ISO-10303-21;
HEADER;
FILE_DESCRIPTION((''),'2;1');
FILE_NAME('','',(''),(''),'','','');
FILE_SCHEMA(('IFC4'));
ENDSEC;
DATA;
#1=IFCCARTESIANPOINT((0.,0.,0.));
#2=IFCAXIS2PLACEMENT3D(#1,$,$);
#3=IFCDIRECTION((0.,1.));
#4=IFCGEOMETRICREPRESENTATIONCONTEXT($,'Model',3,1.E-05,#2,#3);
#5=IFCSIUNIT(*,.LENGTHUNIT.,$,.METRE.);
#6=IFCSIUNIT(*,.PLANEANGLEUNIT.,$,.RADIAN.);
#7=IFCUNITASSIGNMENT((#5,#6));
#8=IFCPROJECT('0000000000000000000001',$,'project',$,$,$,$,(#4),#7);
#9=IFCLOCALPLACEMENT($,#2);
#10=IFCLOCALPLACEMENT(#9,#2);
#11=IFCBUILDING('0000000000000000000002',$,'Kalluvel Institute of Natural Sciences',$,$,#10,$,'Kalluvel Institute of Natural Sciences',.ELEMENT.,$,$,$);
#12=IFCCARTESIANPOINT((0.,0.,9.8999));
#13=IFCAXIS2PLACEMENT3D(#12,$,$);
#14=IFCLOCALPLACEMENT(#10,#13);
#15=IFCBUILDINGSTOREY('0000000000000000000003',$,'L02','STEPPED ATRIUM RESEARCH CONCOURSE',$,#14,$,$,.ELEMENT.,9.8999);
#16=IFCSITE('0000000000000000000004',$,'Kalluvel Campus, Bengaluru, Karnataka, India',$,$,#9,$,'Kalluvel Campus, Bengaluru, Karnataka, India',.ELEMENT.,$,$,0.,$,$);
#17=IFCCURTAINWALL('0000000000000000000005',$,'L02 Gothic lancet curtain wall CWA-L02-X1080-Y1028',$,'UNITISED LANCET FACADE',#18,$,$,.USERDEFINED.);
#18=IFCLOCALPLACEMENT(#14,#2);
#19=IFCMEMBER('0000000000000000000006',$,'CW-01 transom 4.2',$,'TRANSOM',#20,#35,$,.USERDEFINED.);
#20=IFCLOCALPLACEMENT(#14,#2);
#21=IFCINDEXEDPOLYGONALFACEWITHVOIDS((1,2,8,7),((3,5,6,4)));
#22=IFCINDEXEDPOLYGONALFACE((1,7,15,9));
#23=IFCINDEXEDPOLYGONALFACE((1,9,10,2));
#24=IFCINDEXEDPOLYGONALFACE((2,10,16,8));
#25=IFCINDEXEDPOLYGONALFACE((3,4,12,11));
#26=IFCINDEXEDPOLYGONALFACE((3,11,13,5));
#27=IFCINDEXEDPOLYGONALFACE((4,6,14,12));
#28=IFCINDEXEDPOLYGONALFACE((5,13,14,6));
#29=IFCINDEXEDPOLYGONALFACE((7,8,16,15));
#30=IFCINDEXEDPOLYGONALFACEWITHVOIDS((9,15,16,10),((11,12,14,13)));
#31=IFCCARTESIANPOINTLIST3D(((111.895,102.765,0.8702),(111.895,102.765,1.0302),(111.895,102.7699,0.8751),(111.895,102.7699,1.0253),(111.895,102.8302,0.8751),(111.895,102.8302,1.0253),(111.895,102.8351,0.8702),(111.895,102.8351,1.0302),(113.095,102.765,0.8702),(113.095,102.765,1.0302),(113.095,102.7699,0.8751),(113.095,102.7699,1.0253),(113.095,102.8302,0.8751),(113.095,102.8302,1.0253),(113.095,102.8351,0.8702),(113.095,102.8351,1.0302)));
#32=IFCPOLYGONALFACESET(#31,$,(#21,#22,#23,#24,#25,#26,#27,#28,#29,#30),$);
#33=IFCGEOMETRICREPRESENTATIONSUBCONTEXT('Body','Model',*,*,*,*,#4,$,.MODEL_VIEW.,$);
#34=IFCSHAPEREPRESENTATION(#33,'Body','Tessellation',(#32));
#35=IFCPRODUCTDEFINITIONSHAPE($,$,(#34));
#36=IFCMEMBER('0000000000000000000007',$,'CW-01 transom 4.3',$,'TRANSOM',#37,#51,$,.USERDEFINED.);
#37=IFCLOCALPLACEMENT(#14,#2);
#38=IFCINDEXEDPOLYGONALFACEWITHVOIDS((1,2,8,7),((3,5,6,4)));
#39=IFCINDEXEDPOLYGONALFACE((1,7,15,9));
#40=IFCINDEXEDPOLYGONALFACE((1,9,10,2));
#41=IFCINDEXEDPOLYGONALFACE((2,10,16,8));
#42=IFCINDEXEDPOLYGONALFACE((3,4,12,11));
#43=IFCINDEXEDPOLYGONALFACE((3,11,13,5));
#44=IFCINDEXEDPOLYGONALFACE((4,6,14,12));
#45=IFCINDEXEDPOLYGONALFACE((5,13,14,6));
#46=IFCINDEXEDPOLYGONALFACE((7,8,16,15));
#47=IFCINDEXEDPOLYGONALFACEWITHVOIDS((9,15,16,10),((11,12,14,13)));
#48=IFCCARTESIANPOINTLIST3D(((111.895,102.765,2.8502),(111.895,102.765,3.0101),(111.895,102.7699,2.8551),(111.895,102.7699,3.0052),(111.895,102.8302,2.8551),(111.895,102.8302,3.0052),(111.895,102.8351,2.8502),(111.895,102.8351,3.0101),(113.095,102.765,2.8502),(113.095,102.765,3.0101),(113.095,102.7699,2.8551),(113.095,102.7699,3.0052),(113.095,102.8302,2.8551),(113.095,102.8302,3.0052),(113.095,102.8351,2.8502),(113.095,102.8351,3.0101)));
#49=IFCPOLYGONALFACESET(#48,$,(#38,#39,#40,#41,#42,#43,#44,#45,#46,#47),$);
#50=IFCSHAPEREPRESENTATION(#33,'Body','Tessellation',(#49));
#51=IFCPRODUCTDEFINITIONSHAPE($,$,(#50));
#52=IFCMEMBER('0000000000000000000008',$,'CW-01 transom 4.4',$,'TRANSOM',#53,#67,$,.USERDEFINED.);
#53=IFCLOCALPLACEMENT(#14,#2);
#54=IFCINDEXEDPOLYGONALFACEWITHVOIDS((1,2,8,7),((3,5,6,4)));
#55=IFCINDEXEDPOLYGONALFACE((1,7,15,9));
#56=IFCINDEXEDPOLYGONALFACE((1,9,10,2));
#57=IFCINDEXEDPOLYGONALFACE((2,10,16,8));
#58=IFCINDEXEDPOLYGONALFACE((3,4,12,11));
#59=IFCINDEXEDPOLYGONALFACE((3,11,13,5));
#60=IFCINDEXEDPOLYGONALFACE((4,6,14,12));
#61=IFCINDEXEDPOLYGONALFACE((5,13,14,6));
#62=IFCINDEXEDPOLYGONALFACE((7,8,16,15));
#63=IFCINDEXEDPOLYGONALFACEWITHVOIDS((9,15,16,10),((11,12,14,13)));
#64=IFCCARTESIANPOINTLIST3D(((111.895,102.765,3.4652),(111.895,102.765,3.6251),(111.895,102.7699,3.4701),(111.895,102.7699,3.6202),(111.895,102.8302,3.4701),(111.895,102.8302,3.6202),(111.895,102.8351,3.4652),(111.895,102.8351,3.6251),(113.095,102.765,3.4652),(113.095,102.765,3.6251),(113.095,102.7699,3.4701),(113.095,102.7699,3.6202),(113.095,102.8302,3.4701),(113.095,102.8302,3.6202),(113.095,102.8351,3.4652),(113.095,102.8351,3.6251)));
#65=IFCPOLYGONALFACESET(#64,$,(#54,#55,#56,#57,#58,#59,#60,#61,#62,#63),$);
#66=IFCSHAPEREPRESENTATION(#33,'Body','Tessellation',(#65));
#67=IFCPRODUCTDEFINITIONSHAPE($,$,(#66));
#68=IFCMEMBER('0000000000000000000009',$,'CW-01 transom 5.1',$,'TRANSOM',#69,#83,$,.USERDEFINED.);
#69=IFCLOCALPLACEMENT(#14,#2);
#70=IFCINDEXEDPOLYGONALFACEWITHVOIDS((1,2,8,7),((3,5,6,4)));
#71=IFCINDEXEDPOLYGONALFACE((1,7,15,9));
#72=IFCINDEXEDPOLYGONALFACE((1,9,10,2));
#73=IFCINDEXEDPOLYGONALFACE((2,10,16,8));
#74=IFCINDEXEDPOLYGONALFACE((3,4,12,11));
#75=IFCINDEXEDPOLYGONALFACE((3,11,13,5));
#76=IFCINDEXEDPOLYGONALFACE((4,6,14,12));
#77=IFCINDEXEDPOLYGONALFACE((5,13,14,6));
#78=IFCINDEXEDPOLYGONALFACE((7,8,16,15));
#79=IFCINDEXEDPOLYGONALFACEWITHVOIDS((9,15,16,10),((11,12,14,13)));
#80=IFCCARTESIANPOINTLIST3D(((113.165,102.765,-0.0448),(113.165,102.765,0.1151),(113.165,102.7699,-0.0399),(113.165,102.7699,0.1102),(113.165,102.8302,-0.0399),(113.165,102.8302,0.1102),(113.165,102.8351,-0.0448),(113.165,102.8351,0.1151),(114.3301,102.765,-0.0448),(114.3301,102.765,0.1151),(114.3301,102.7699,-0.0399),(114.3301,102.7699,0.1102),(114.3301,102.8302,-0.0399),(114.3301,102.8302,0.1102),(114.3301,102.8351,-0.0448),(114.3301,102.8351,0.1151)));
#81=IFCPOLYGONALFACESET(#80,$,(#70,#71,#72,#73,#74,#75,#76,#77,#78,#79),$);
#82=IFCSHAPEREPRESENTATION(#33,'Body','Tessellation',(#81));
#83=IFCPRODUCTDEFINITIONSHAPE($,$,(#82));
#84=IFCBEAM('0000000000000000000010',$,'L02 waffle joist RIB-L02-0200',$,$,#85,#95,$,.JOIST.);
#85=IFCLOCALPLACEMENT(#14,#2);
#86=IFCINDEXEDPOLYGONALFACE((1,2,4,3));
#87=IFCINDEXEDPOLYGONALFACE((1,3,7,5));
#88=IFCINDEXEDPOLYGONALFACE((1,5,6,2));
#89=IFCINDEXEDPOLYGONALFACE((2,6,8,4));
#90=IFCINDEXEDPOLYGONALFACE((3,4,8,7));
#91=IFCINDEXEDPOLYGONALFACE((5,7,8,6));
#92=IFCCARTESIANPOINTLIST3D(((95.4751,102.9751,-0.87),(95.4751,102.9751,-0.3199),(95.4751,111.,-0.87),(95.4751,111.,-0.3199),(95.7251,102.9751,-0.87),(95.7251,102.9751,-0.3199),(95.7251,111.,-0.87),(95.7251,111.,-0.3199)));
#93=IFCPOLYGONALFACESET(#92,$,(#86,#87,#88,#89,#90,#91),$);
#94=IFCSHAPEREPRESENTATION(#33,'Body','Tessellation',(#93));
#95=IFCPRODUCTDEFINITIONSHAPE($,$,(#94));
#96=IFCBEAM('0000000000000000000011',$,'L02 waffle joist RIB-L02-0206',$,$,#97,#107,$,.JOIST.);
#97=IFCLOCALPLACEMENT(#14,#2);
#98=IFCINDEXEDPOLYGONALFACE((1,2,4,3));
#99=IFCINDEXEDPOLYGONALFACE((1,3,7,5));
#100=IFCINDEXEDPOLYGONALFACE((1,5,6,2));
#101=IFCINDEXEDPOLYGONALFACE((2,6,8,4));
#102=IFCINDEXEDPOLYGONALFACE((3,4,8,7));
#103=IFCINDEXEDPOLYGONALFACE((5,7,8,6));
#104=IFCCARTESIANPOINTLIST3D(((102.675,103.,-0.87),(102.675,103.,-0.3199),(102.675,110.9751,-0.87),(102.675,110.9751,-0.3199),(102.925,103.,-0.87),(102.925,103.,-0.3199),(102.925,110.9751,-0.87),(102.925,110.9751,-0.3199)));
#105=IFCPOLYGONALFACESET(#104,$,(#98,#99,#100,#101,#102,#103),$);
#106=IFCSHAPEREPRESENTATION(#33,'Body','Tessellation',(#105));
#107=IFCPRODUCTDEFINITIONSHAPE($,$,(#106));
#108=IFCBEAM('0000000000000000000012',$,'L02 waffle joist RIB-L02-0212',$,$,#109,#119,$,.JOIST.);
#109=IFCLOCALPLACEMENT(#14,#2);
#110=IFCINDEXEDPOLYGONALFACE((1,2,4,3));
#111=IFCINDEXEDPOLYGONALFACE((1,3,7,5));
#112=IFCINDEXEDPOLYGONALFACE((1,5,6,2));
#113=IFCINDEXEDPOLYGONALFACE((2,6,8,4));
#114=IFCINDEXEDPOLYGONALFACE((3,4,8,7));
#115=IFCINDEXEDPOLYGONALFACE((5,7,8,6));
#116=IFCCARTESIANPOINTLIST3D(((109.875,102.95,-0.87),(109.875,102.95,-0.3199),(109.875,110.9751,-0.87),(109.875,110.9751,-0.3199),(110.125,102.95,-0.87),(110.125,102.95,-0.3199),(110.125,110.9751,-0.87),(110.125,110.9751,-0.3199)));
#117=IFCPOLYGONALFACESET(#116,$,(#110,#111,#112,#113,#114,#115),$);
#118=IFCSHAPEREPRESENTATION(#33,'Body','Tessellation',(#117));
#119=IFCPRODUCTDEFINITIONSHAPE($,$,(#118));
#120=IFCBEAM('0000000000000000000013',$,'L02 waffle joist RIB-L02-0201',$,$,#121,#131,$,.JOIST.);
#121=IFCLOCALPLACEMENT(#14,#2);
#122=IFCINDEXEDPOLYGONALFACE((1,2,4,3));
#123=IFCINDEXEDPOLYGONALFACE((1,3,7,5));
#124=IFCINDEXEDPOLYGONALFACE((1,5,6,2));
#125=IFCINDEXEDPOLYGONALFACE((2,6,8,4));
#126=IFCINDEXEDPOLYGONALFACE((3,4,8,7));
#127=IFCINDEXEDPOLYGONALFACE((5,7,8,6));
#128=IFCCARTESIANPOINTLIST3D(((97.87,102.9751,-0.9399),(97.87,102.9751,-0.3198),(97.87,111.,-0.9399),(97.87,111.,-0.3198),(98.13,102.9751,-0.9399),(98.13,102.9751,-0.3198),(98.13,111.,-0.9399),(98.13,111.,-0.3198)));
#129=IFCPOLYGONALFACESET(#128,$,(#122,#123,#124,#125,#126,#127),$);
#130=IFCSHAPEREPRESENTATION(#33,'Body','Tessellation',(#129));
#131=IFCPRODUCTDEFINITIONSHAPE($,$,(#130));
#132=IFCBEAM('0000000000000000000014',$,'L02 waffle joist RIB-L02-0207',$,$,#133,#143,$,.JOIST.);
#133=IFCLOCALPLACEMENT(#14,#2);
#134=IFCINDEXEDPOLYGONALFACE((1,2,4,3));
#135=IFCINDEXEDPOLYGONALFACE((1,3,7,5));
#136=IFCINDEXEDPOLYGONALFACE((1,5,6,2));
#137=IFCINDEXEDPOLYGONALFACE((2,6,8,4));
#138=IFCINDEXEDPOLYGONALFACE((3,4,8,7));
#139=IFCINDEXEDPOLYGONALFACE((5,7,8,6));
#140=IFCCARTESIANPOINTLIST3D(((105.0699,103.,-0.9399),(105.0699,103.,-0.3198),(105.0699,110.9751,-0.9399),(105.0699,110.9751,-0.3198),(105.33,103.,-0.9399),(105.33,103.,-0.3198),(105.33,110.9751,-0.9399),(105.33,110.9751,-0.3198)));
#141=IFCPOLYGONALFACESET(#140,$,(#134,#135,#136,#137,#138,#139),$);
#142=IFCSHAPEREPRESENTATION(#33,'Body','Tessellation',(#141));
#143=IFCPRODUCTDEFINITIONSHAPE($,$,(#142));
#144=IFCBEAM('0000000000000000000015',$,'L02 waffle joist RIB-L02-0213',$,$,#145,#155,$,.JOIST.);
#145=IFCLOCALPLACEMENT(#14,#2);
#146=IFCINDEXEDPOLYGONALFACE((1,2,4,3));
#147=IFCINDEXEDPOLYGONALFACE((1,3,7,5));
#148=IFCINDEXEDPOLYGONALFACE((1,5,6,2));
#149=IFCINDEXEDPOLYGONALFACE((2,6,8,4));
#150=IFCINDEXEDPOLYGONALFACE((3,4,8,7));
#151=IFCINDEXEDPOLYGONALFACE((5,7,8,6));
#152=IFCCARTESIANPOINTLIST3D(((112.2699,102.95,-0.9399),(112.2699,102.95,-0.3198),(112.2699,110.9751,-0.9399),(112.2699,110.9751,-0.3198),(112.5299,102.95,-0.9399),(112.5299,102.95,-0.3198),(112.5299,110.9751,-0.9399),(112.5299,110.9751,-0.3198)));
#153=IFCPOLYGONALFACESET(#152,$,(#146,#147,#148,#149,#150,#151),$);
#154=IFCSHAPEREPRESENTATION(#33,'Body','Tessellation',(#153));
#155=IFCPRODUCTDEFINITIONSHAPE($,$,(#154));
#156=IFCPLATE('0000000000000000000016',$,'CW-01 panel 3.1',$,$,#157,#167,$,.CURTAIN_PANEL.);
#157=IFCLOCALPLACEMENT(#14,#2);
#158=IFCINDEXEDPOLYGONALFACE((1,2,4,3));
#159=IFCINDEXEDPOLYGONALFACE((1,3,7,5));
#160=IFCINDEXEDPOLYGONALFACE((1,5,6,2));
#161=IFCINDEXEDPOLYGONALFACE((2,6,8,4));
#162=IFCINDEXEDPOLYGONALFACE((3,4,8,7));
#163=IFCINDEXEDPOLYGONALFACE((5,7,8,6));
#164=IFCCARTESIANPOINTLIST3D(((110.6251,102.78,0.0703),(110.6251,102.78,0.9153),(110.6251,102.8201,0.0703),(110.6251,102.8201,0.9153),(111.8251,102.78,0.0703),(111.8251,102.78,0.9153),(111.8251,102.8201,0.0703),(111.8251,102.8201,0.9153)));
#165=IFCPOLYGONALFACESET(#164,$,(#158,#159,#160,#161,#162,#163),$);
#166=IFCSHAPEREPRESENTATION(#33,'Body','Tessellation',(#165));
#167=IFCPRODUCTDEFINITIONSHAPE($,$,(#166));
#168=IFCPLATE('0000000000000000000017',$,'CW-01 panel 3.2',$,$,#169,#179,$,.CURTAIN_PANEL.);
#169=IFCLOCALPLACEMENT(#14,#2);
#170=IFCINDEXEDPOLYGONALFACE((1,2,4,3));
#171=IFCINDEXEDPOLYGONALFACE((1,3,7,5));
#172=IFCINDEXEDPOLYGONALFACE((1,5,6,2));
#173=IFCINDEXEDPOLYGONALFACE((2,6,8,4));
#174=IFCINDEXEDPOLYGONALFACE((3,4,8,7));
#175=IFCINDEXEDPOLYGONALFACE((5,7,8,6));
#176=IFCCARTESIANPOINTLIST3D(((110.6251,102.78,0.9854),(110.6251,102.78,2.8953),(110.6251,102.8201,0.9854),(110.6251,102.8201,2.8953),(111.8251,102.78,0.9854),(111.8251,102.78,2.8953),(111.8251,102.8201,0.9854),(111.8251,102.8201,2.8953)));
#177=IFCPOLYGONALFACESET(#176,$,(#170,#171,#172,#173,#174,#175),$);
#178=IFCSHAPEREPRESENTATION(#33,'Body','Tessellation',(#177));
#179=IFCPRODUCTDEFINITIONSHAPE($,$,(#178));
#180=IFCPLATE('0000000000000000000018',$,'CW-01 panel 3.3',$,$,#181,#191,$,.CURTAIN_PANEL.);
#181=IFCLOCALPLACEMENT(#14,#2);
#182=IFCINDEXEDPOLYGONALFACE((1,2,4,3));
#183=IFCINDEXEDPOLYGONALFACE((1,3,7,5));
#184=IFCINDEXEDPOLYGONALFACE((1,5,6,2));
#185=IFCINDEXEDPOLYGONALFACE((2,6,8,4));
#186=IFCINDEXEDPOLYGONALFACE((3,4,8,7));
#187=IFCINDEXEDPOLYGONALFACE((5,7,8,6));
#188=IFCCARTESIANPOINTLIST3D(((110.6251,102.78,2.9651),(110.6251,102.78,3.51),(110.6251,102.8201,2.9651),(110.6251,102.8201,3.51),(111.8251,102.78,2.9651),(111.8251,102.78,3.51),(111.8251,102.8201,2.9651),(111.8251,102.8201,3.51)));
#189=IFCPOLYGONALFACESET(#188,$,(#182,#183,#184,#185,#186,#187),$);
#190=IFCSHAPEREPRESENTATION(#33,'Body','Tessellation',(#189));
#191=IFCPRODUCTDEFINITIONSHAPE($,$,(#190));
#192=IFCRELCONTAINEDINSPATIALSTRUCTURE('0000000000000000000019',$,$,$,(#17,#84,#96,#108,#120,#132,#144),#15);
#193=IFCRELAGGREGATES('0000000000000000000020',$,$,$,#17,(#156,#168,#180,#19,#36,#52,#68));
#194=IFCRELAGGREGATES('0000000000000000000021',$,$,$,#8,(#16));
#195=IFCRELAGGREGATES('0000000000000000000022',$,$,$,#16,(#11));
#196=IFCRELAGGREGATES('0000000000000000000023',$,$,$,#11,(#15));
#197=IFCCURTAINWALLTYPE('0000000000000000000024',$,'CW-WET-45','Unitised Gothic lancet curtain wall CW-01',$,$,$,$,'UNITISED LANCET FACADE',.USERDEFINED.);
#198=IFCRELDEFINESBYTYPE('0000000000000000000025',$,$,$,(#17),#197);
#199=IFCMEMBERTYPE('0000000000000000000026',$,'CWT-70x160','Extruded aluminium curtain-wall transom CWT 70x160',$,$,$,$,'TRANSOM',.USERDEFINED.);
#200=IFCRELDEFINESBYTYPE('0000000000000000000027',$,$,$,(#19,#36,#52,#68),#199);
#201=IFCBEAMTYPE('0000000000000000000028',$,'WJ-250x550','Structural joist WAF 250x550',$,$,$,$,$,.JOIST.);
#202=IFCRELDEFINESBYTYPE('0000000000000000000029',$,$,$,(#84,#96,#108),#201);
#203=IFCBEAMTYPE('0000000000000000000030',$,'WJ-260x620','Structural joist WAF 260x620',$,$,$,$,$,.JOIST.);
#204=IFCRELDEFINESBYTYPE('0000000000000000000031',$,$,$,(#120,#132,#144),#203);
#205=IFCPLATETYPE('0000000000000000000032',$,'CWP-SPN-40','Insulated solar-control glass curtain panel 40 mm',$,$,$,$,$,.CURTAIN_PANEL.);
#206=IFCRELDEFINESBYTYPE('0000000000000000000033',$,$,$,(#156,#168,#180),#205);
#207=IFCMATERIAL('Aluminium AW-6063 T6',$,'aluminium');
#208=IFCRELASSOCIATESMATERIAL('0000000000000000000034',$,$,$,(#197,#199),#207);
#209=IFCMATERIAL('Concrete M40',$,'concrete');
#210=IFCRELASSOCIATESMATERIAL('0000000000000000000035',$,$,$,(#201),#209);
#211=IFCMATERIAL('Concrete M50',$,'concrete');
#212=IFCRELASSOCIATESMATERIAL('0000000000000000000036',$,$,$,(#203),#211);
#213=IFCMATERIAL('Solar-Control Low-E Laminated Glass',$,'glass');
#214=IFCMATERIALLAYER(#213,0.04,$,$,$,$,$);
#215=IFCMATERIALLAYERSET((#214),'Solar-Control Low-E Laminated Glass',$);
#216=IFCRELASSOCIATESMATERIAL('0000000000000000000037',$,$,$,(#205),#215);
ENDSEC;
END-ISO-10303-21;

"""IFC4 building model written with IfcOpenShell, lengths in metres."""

from ifc_helpers import new_model, si_unit, direction, frame, origin, origin_2d, place, context, subcontext, project, spatial, rectangle, hollow_rectangle, extrude, material, layer, layer_set, material_profile, profile_set, type_object, element, aggregate, save


model = new_model("IFC4")

# Units and contexts
model_context = context("Model", 3, precision=1e-05, world=origin(), true_north=direction((0.0, 1.0)))
body_context = subcontext(model_context, "Body", "Model", "MODEL_VIEW")
ifc_project = project(units=[si_unit("LENGTHUNIT", "METRE"), si_unit("PLANEANGLEUNIT", "RADIAN")], contexts=[model_context])

# Site, building, storey
site_placement = place(None, origin())
site = spatial("IfcSite", under=ifc_project, at=site_placement, Name="Kalluvel Campus, Bengaluru, Karnataka, India", LongName="Kalluvel Campus, Bengaluru, Karnataka, India", CompositionType="ELEMENT", RefElevation=0.0)
building_placement = place(site_placement, origin())
building = spatial("IfcBuilding", under=site, at=building_placement, Name="Kalluvel Institute of Natural Sciences", LongName="Kalluvel Institute of Natural Sciences", CompositionType="ELEMENT")
storey_placement = place(building_placement, frame((0.0, 0.0, 9.8999)))
storey = spatial("IfcBuildingStorey", under=building, at=storey_placement, Name="L02", Description="STEPPED ATRIUM RESEARCH CONCOURSE", CompositionType="ELEMENT", Elevation=9.8999)

# Shared definitions
ifc_material_1 = material(Name="Concrete M50", Category="concrete")

# Curtain wall, members
ifc_material_2 = material(Name="Aluminium AW-6063 T6", Category="aluminium")
curtain_wall_type = type_object("IfcCurtainWallType", Name="CW-WET-45", Description="Unitised Gothic lancet curtain wall CW-01", ElementType="UNITISED LANCET FACADE", PredefinedType="USERDEFINED", material=ifc_material_2)
curtain_wall_placement = place(storey_placement, origin())
curtain_wall = element("IfcCurtainWall", 1, at=curtain_wall_placement, inside=storey, type_object=curtain_wall_type, Name="L02 Gothic lancet curtain wall CWA-L02-X1080-Y1028", ObjectType="UNITISED LANCET FACADE", PredefinedType="USERDEFINED")
ifc_material_profile_1 = material_profile(ifc_material_2, hollow_rectangle(XDim=0.0701, YDim=0.1599, WallThickness=0.0049, at=origin_2d()), Name="CWT 70x160")
ifc_profile_set_1 = profile_set([ifc_material_profile_1], Name="Aluminium AW-6063 T6")
member_type_1 = type_object("IfcMemberType", Name="CWT-70x160", Description="Extruded aluminium curtain-wall transom CWT 70x160", ElementType="TRANSOM", PredefinedType="USERDEFINED", material=ifc_profile_set_1)
member_1_placement = place(storey_placement, frame((111.895, 102.8, 0.9502), z_axis=(1.0, 0.0, 0.0), x_axis=(0.0, 1.0, 0.0)))
member_1 = element("IfcMember", 2, at=member_1_placement, type_object=member_type_1, Name="CW-01 transom 4.2", ObjectType="TRANSOM", PredefinedType="USERDEFINED", context=body_context, shape_type="SweptSolid", body=[
    extrude(hollow_rectangle(XDim=0.0701, YDim=0.1599, WallThickness=0.0049, at=origin_2d()), origin(), (0.0, 0.0, 1.0), 1.2),
])
member_2_placement = place(storey_placement, frame((111.895, 102.8, 2.9302), z_axis=(1.0, 0.0, 0.0), x_axis=(0.0, 1.0, 0.0)))
member_2 = element("IfcMember", 3, at=member_2_placement, type_object=member_type_1, Name="CW-01 transom 4.3", ObjectType="TRANSOM", PredefinedType="USERDEFINED", context=body_context, shape_type="SweptSolid", body=[
    extrude(hollow_rectangle(XDim=0.0701, YDim=0.1599, WallThickness=0.0049, at=origin_2d()), origin(), (0.0, 0.0, 1.0), 1.2),
])
member_3_placement = place(storey_placement, frame((111.895, 102.8, 3.5452), z_axis=(1.0, 0.0, 0.0), x_axis=(0.0, 1.0, 0.0)))
member_3 = element("IfcMember", 4, at=member_3_placement, type_object=member_type_1, Name="CW-01 transom 4.4", ObjectType="TRANSOM", PredefinedType="USERDEFINED", context=body_context, shape_type="SweptSolid", body=[
    extrude(hollow_rectangle(XDim=0.0701, YDim=0.1599, WallThickness=0.0049, at=origin_2d()), origin(), (0.0, 0.0, 1.0), 1.2),
])
member_4_placement = place(storey_placement, frame((113.165, 102.8, 0.0352), z_axis=(1.0, 0.0, 0.0), x_axis=(0.0, 1.0, 0.0)))
member_4 = element("IfcMember", 5, at=member_4_placement, type_object=member_type_1, Name="CW-01 transom 5.1", ObjectType="TRANSOM", PredefinedType="USERDEFINED", context=body_context, shape_type="SweptSolid", body=[
    extrude(hollow_rectangle(XDim=0.0701, YDim=0.1599, WallThickness=0.0049, at=origin_2d()), origin(), (0.0, 0.0, 1.0), 1.165),
])

# Beams
ifc_material_3 = material(Name="Concrete M40", Category="concrete")
ifc_material_profile_2 = material_profile(ifc_material_3, rectangle(XDim=0.25, YDim=0.55, at=origin_2d()), Name="WAF 250x550")
ifc_profile_set_2 = profile_set([ifc_material_profile_2], Name="Concrete M40")
beam_type_1 = type_object("IfcBeamType", Name="WJ-250x550", Description="Structural joist WAF 250x550", PredefinedType="JOIST", material=ifc_profile_set_2)
beam_1_placement = place(storey_placement, frame((95.6001, 102.9751, -0.595), z_axis=(0.0, 1.0, 0.0), x_axis=(-1.0, 0.0, 0.0)))
element("IfcBeam", 6, at=beam_1_placement, inside=storey, type_object=beam_type_1, Name="L02 waffle joist RIB-L02-0200", PredefinedType="JOIST", context=body_context, shape_type="SweptSolid", body=[
    extrude(rectangle(XDim=0.25, YDim=0.55, at=origin_2d()), origin(), (0.0, 0.0, 1.0), 8.0249),
])
beam_2_placement = place(storey_placement, frame((102.8, 103.0, -0.595), z_axis=(0.0, 1.0, 0.0), x_axis=(-1.0, 0.0, 0.0)))
element("IfcBeam", 7, at=beam_2_placement, inside=storey, type_object=beam_type_1, Name="L02 waffle joist RIB-L02-0206", PredefinedType="JOIST", context=body_context, shape_type="SweptSolid", body=[
    extrude(rectangle(XDim=0.25, YDim=0.55, at=origin_2d()), origin(), (0.0, 0.0, 1.0), 7.9751),
])
beam_3_placement = place(storey_placement, frame((110.0, 102.95, -0.595), z_axis=(0.0, 1.0, 0.0), x_axis=(-1.0, 0.0, 0.0)))
element("IfcBeam", 8, at=beam_3_placement, inside=storey, type_object=beam_type_1, Name="L02 waffle joist RIB-L02-0212", PredefinedType="JOIST", context=body_context, shape_type="SweptSolid", body=[
    extrude(rectangle(XDim=0.25, YDim=0.55, at=origin_2d()), origin(), (0.0, 0.0, 1.0), 8.0251),
])
ifc_material_profile_3 = material_profile(ifc_material_1, rectangle(XDim=0.26, YDim=0.6201, at=origin_2d()), Name="WAF 260x620")
ifc_profile_set_3 = profile_set([ifc_material_profile_3], Name="Concrete M50")
beam_type_2 = type_object("IfcBeamType", Name="WJ-260x620", Description="Structural joist WAF 260x620", PredefinedType="JOIST", material=ifc_profile_set_3)
beam_4_placement = place(storey_placement, frame((98.0, 102.9751, -0.6299), z_axis=(0.0, 1.0, 0.0), x_axis=(-1.0, 0.0, 0.0)))
element("IfcBeam", 9, at=beam_4_placement, inside=storey, type_object=beam_type_2, Name="L02 waffle joist RIB-L02-0201", PredefinedType="JOIST", context=body_context, shape_type="SweptSolid", body=[
    extrude(rectangle(XDim=0.26, YDim=0.6201, at=origin_2d()), origin(), (0.0, 0.0, 1.0), 8.0249),
])
beam_5_placement = place(storey_placement, frame((105.2, 103.0, -0.6299), z_axis=(0.0, 1.0, 0.0), x_axis=(-1.0, 0.0, 0.0)))
element("IfcBeam", 10, at=beam_5_placement, inside=storey, type_object=beam_type_2, Name="L02 waffle joist RIB-L02-0207", PredefinedType="JOIST", context=body_context, shape_type="SweptSolid", body=[
    extrude(rectangle(XDim=0.26, YDim=0.6201, at=origin_2d()), origin(), (0.0, 0.0, 1.0), 7.9751),
])
beam_6_placement = place(storey_placement, frame((112.3999, 102.95, -0.6299), z_axis=(0.0, 1.0, 0.0), x_axis=(-1.0, 0.0, 0.0)))
element("IfcBeam", 11, at=beam_6_placement, inside=storey, type_object=beam_type_2, Name="L02 waffle joist RIB-L02-0213", PredefinedType="JOIST", context=body_context, shape_type="SweptSolid", body=[
    extrude(rectangle(XDim=0.26, YDim=0.6201, at=origin_2d()), origin(), (0.0, 0.0, 1.0), 8.0251),
])

# Plates
ifc_material_4 = material(Name="Solar-Control Low-E Laminated Glass", Category="glass")
ifc_layer_1 = layer(ifc_material_4, 0.04)
ifc_layer_set_1 = layer_set([ifc_layer_1], Name="Solar-Control Low-E Laminated Glass")
plate_type = type_object("IfcPlateType", Name="CWP-SPN-40", Description="Insulated solar-control glass curtain panel 40 mm", PredefinedType="CURTAIN_PANEL", material=ifc_layer_set_1)
plate_1_placement = place(storey_placement, frame((111.2251, 102.8, 0.0703), z_axis=(0.0, 0.0, 1.0), x_axis=(1.0, 0.0, 0.0)))
plate_1 = element("IfcPlate", 12, at=plate_1_placement, type_object=plate_type, Name="CW-01 panel 3.1", PredefinedType="CURTAIN_PANEL", context=body_context, shape_type="SweptSolid", body=[
    extrude(rectangle(XDim=1.2, YDim=0.04, at=origin_2d()), origin(), (0.0, 0.0, 1.0), 0.845),
])
plate_2_placement = place(storey_placement, frame((111.2251, 102.8, 0.9854), z_axis=(0.0, 0.0, 1.0), x_axis=(1.0, 0.0, 0.0)))
plate_2 = element("IfcPlate", 13, at=plate_2_placement, type_object=plate_type, Name="CW-01 panel 3.2", PredefinedType="CURTAIN_PANEL", context=body_context, shape_type="SweptSolid", body=[
    extrude(rectangle(XDim=1.2, YDim=0.04, at=origin_2d()), origin(), (0.0, 0.0, 1.0), 1.9099),
])
plate_3_placement = place(storey_placement, frame((111.2251, 102.8, 2.9651), z_axis=(0.0, 0.0, 1.0), x_axis=(1.0, 0.0, 0.0)))
plate_3 = element("IfcPlate", 14, at=plate_3_placement, type_object=plate_type, Name="CW-01 panel 3.3", PredefinedType="CURTAIN_PANEL", context=body_context, shape_type="SweptSolid", body=[
    extrude(rectangle(XDim=1.2, YDim=0.04, at=origin_2d()), origin(), (0.0, 0.0, 1.0), 0.5449),
])
aggregate(curtain_wall, [plate_1, plate_2, plate_3, member_1, member_2, member_3, member_4])

save(model, "model.ifc")
